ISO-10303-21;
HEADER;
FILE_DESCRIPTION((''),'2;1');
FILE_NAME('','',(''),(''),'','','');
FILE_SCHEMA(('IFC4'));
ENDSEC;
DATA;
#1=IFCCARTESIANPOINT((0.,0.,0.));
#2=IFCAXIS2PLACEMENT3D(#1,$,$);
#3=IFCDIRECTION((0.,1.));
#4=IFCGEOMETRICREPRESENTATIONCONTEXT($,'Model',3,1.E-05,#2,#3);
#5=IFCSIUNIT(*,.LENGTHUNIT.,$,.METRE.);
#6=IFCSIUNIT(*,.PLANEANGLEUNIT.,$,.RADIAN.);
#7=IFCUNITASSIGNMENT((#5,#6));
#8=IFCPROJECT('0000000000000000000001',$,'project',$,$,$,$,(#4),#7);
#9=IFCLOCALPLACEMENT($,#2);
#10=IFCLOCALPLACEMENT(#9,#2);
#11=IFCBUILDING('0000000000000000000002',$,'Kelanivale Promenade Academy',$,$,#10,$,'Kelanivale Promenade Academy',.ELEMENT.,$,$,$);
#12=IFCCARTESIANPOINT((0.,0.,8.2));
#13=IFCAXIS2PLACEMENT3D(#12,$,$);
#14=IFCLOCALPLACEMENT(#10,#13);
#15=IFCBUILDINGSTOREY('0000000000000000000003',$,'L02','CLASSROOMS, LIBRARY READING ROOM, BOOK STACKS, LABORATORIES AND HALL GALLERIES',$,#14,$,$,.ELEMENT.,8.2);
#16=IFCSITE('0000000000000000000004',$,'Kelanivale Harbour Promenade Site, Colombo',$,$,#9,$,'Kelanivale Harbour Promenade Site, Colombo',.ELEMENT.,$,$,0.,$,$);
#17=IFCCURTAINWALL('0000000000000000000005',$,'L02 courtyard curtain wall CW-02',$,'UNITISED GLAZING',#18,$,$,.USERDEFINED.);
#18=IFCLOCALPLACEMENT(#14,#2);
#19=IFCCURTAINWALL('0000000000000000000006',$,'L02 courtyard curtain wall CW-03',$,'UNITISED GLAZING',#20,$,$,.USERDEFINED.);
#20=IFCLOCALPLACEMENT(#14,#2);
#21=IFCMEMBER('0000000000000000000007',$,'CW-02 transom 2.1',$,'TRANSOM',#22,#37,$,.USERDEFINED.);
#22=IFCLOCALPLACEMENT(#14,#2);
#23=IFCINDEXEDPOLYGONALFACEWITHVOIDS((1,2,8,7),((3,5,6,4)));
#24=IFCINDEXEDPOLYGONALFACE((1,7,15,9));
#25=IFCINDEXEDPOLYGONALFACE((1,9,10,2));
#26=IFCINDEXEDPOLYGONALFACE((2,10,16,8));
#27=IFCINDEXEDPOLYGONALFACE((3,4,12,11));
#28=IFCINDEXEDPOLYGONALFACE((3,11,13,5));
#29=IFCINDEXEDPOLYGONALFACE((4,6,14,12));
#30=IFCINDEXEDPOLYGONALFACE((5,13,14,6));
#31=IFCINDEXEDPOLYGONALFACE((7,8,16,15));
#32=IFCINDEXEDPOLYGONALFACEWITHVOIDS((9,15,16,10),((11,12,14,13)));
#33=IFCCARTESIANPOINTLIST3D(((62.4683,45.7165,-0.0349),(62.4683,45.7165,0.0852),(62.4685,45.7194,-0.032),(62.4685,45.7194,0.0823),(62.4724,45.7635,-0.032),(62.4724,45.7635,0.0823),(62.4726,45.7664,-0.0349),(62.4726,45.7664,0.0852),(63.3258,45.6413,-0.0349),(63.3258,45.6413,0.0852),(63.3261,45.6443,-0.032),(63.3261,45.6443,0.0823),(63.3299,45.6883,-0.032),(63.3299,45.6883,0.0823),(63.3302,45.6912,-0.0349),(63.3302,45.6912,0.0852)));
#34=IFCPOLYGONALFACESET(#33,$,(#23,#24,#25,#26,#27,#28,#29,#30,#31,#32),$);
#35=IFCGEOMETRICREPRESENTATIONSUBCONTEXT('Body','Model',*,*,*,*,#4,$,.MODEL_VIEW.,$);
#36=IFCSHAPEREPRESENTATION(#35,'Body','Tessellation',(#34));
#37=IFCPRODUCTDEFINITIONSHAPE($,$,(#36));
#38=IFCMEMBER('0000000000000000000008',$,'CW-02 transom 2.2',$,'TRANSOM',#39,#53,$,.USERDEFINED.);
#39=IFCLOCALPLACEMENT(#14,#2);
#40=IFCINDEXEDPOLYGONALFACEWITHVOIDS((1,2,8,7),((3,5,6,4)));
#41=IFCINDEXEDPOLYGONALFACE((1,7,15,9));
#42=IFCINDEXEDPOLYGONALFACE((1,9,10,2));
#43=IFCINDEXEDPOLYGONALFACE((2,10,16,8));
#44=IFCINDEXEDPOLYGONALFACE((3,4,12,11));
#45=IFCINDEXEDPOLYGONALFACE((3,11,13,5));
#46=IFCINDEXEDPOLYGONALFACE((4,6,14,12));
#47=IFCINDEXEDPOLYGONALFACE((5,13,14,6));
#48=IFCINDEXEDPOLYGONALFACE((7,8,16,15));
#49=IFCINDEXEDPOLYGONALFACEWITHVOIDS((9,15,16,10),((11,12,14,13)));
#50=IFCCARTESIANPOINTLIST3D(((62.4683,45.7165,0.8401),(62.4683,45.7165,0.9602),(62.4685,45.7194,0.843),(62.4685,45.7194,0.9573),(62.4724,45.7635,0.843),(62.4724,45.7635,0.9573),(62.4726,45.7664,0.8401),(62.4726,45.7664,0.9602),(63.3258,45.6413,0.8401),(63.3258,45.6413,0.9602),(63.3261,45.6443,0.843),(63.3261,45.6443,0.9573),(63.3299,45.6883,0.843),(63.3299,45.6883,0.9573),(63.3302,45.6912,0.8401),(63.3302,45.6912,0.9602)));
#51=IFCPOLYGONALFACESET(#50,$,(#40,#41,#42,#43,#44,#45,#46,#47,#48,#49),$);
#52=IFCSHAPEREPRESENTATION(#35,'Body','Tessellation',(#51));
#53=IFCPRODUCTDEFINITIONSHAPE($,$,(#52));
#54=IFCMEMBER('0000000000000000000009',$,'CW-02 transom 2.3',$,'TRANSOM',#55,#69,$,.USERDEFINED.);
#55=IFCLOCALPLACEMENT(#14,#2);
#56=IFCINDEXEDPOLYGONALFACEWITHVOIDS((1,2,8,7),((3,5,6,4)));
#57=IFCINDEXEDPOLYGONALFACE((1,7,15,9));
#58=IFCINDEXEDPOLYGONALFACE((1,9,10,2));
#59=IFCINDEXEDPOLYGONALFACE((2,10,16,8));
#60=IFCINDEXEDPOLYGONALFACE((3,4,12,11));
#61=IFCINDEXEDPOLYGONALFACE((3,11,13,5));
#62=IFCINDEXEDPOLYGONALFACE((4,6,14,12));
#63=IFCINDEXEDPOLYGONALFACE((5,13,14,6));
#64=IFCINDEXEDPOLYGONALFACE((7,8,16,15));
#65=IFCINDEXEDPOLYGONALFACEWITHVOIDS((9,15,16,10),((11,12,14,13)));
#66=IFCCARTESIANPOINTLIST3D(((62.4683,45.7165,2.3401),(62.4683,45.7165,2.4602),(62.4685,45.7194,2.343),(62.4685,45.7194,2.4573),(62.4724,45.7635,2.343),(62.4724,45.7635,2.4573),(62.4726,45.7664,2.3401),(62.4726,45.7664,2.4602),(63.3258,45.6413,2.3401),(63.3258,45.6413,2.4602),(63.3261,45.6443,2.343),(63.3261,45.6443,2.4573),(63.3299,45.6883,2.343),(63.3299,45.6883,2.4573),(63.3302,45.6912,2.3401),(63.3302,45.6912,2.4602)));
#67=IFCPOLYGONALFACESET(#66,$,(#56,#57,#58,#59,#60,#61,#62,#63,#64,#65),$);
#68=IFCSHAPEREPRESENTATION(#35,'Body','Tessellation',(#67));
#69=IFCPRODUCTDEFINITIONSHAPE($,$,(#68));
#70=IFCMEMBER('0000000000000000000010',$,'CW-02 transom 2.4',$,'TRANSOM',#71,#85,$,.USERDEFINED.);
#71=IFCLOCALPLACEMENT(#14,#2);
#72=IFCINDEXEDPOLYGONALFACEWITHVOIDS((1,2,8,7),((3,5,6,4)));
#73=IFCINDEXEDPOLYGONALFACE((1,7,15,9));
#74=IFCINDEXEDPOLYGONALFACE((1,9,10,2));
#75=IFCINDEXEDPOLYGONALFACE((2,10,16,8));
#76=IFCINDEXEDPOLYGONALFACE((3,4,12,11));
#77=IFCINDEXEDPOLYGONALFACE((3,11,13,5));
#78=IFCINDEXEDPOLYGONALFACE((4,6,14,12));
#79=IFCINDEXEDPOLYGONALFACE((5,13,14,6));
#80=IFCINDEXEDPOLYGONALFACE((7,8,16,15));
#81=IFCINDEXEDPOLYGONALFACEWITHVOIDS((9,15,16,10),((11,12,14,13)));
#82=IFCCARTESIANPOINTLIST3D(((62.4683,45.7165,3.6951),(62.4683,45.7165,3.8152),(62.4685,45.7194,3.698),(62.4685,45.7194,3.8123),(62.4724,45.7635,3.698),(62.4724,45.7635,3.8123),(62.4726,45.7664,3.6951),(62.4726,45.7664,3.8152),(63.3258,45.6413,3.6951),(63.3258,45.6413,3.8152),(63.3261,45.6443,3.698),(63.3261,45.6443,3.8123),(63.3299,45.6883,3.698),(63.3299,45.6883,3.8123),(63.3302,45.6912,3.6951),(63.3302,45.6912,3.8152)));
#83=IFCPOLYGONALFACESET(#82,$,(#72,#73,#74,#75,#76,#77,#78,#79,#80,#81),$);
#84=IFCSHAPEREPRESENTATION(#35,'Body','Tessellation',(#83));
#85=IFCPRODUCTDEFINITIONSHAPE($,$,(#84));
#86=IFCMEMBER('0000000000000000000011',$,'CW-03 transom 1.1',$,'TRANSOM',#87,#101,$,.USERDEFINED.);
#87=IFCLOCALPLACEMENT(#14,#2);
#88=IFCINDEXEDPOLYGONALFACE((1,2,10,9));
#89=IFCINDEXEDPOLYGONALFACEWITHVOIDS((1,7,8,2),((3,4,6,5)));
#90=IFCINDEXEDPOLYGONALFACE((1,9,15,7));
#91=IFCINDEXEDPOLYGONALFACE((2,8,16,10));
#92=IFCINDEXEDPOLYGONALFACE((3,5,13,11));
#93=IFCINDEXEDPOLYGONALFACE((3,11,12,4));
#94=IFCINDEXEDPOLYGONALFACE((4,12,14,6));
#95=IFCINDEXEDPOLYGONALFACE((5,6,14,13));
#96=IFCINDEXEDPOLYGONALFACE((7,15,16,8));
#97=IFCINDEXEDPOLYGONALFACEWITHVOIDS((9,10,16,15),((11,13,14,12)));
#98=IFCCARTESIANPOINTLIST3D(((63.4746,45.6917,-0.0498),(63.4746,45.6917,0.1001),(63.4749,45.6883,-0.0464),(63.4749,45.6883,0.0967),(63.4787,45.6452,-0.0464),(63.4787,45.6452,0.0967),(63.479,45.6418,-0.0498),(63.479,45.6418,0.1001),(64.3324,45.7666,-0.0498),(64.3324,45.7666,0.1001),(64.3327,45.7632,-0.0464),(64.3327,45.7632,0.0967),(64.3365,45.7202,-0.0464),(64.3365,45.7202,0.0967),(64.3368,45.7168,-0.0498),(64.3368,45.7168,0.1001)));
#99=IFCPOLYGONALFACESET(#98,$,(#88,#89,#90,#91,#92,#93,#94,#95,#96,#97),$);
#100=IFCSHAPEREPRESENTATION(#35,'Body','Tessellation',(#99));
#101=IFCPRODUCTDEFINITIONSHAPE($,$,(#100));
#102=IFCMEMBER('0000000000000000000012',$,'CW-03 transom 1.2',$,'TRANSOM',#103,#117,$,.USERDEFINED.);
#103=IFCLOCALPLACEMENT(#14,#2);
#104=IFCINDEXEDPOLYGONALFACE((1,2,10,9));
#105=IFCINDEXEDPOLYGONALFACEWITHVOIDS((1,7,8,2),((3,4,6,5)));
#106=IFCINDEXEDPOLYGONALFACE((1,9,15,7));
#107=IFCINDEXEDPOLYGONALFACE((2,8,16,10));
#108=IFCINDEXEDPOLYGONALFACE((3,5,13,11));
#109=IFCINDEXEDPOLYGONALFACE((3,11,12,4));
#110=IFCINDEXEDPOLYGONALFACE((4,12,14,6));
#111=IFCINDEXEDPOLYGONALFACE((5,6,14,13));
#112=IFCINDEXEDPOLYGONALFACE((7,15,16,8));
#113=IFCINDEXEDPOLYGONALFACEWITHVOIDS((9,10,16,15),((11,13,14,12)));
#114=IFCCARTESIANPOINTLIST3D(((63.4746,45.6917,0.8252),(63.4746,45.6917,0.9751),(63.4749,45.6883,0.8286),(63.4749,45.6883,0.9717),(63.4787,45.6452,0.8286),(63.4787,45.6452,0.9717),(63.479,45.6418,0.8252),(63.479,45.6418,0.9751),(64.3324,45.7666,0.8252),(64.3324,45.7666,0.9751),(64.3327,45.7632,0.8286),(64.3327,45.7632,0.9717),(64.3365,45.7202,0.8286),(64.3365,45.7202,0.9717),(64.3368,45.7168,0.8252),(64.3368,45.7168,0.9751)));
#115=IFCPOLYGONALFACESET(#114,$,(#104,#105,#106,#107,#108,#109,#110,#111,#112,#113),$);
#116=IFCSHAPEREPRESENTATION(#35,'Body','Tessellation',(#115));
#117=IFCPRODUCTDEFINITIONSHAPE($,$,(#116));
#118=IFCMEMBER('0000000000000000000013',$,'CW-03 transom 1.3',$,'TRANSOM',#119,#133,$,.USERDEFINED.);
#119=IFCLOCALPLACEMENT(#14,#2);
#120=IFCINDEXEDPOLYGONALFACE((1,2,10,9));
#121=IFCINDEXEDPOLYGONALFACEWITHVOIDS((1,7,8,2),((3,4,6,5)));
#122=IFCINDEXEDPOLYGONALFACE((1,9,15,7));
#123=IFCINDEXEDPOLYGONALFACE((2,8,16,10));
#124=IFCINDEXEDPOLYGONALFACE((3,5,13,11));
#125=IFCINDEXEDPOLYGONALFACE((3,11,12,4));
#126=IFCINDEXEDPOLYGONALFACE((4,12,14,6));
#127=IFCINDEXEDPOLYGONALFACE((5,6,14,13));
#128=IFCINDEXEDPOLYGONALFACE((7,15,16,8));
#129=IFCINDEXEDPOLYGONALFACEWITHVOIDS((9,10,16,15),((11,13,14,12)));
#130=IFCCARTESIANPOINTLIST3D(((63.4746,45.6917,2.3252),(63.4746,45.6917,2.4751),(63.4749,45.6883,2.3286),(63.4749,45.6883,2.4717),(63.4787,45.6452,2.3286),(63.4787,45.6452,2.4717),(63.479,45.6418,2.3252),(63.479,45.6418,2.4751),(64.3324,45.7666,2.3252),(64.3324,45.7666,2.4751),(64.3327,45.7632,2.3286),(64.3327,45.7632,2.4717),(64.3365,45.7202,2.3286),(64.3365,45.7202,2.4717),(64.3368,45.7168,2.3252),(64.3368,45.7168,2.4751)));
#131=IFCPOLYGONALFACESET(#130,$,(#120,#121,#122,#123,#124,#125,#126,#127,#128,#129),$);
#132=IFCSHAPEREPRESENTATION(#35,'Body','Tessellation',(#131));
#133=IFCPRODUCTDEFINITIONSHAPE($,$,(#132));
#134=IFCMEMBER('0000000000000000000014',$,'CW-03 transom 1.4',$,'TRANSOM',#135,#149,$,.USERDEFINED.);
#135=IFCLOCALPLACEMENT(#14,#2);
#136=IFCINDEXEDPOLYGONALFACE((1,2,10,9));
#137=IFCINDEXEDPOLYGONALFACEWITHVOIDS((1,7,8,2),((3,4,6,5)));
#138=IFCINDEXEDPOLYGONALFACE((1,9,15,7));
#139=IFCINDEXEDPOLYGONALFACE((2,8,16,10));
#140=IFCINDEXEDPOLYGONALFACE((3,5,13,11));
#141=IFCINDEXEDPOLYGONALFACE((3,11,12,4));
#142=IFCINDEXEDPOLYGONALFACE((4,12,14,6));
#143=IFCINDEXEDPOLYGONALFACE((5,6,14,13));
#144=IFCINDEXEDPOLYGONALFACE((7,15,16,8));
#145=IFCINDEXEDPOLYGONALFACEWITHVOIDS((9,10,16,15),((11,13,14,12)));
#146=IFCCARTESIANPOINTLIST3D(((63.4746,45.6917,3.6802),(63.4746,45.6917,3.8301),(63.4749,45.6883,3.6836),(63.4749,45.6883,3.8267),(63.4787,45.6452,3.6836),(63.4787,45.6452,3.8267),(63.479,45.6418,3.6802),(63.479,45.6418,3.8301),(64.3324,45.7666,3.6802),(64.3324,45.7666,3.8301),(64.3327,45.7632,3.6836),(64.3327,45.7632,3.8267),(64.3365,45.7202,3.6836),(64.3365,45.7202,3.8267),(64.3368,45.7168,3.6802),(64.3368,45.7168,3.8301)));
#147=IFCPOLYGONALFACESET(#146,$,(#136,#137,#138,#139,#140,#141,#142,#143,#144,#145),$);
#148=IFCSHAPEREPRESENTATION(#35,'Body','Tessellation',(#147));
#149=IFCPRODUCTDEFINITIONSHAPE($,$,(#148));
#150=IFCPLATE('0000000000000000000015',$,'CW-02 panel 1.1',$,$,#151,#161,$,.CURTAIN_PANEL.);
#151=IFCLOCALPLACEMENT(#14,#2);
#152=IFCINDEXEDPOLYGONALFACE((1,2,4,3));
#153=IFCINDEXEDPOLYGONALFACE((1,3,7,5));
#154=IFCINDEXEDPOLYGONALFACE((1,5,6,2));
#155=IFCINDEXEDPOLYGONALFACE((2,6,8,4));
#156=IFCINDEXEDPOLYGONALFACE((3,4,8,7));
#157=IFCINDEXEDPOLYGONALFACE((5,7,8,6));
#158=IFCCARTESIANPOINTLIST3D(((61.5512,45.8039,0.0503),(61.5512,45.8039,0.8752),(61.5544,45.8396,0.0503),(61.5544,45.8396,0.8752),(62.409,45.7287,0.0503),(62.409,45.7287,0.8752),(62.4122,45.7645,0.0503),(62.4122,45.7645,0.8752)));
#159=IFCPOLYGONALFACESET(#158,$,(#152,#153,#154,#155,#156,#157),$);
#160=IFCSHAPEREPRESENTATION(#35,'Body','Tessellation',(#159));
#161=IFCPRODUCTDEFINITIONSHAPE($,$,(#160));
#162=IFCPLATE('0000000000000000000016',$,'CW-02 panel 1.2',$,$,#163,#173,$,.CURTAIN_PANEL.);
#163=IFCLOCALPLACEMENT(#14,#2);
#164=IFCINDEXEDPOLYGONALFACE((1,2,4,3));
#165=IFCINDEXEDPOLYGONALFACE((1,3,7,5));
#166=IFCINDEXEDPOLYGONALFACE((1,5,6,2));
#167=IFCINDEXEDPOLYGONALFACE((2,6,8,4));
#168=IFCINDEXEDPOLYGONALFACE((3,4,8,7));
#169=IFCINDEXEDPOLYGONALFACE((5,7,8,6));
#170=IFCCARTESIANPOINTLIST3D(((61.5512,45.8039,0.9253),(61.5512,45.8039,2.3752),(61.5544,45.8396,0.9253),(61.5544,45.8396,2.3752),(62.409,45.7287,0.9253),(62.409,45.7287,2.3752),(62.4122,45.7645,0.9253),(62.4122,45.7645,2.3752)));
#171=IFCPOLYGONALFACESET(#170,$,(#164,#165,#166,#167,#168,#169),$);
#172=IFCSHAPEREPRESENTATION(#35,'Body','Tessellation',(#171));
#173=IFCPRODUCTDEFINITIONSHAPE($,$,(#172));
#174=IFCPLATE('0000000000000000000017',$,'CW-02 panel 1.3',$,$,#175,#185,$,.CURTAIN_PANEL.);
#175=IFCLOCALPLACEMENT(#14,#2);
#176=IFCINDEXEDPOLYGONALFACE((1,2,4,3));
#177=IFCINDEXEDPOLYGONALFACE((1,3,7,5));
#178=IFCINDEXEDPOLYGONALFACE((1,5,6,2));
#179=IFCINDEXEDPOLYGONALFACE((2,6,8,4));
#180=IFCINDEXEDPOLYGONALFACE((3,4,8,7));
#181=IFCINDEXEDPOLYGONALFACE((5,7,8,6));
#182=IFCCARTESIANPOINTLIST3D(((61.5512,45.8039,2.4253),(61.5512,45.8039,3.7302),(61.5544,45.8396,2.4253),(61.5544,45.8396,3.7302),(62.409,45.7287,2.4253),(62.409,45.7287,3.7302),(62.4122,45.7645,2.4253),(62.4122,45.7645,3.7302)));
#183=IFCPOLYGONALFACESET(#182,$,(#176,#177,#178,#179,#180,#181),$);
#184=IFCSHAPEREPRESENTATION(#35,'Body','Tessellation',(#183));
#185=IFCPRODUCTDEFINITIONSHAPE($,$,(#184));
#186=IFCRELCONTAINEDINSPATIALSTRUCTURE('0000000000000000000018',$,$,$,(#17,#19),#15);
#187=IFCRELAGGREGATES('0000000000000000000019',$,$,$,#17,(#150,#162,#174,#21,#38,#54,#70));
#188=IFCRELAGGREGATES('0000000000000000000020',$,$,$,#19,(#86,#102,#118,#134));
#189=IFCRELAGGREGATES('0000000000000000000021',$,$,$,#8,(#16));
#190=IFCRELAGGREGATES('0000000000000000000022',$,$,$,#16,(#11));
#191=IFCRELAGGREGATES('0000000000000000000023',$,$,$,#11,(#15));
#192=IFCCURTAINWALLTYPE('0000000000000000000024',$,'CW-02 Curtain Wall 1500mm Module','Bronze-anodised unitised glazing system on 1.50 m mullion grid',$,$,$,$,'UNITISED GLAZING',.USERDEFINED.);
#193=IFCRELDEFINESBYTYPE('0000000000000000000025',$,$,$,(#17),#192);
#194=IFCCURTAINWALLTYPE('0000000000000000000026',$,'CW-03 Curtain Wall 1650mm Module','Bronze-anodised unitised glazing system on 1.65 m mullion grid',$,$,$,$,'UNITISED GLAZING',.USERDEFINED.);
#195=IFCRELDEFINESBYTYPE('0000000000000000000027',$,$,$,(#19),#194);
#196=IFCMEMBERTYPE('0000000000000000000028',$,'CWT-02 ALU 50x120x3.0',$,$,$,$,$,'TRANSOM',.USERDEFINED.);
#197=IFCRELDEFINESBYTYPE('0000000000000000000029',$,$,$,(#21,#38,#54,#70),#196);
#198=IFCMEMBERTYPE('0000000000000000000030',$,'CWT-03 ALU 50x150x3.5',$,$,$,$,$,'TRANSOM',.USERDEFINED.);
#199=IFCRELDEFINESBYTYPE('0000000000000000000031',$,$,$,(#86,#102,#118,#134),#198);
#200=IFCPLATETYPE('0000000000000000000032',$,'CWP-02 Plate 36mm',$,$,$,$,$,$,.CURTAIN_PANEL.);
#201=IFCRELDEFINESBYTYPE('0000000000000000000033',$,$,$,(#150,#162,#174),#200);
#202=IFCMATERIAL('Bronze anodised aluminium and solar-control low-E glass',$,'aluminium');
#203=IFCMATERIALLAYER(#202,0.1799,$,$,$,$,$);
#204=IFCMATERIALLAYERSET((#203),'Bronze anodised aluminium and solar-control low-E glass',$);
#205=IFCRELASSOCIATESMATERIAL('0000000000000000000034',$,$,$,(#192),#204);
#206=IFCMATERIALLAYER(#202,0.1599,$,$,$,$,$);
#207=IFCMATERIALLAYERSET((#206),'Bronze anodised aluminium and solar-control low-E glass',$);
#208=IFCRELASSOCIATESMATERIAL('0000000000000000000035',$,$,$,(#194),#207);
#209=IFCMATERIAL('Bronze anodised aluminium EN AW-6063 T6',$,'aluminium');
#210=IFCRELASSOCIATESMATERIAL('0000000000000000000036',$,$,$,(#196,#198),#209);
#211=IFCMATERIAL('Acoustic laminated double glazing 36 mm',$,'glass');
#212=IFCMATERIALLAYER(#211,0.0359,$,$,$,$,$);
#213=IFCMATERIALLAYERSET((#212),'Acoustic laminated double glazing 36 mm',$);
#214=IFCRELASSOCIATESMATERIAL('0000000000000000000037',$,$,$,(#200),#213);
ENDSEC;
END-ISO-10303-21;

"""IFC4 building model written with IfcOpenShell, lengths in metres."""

from ifc_helpers import new_model, si_unit, direction, frame, origin, origin_2d, place, context, subcontext, project, spatial, rectangle, hollow_rectangle, extrude, material, layer, layer_set, material_profile, profile_set, type_object, element, aggregate, save


model = new_model("IFC4")

# Units and contexts
model_context = context("Model", 3, precision=1e-05, world=origin(), true_north=direction((0.0, 1.0)))
body_context = subcontext(model_context, "Body", "Model", "MODEL_VIEW")
ifc_project = project(units=[si_unit("LENGTHUNIT", "METRE"), si_unit("PLANEANGLEUNIT", "RADIAN")], contexts=[model_context])

# Site, building, storey
site_placement = place(None, origin())
site = spatial("IfcSite", under=ifc_project, at=site_placement, Name="Kelanivale Harbour Promenade Site, Colombo", LongName="Kelanivale Harbour Promenade Site, Colombo", CompositionType="ELEMENT", RefElevation=0.0)
building_placement = place(site_placement, origin())
building = spatial("IfcBuilding", under=site, at=building_placement, Name="Kelanivale Promenade Academy", LongName="Kelanivale Promenade Academy", CompositionType="ELEMENT")
storey_placement = place(building_placement, frame((0.0, 0.0, 8.2)))
storey = spatial("IfcBuildingStorey", under=building, at=storey_placement, Name="L02", Description="CLASSROOMS, LIBRARY READING ROOM, BOOK STACKS, LABORATORIES AND HALL GALLERIES", CompositionType="ELEMENT", Elevation=8.2)

# Curtain wall
ifc_material_1 = material(Name="Bronze anodised aluminium and solar-control low-E glass", Category="aluminium")
ifc_layer_1 = layer(ifc_material_1, 0.1799)
ifc_layer_set_1 = layer_set([ifc_layer_1], Name="Bronze anodised aluminium and solar-control low-E glass")
curtain_wall_type_1 = type_object("IfcCurtainWallType", Name="CW-02 Curtain Wall 1500mm Module", Description="Bronze-anodised unitised glazing system on 1.50 m mullion grid", ElementType="UNITISED GLAZING", PredefinedType="USERDEFINED", material=ifc_layer_set_1)
curtain_wall_1_placement = place(storey_placement, origin())
curtain_wall_1 = element("IfcCurtainWall", 1, at=curtain_wall_1_placement, inside=storey, type_object=curtain_wall_type_1, Name="L02 courtyard curtain wall CW-02", ObjectType="UNITISED GLAZING", PredefinedType="USERDEFINED")
ifc_material_2 = material(Name="Bronze anodised aluminium EN AW-6063 T6", Category="aluminium")

# Curtain wall
ifc_layer_2 = layer(ifc_material_1, 0.1599)
ifc_layer_set_2 = layer_set([ifc_layer_2], Name="Bronze anodised aluminium and solar-control low-E glass")
curtain_wall_type_2 = type_object("IfcCurtainWallType", Name="CW-03 Curtain Wall 1650mm Module", Description="Bronze-anodised unitised glazing system on 1.65 m mullion grid", ElementType="UNITISED GLAZING", PredefinedType="USERDEFINED", material=ifc_layer_set_2)
curtain_wall_2_placement = place(storey_placement, origin())
curtain_wall_2 = element("IfcCurtainWall", 2, at=curtain_wall_2_placement, inside=storey, type_object=curtain_wall_type_2, Name="L02 courtyard curtain wall CW-03", ObjectType="UNITISED GLAZING", PredefinedType="USERDEFINED")

# Members
ifc_material_profile_1 = material_profile(ifc_material_2, hollow_rectangle(XDim=0.05, YDim=0.1201, WallThickness=0.0029, at=origin_2d()), Name="ALU 50x120x3.0")
ifc_profile_set_1 = profile_set([ifc_material_profile_1], Name="Bronze anodised aluminium EN AW-6063 T6")
member_type_1 = type_object("IfcMemberType", Name="CWT-02 ALU 50x120x3.0", ElementType="TRANSOM", PredefinedType="USERDEFINED", material=ifc_profile_set_1)
member_1_placement = place(storey_placement, frame((62.4705, 45.7415, 0.0251), z_axis=(0.996179, -0.087339, 0.0), x_axis=(0.087339, 0.996179, 0.0)))
member_1 = element("IfcMember", 3, at=member_1_placement, type_object=member_type_1, Name="CW-02 transom 2.1", ObjectType="TRANSOM", PredefinedType="USERDEFINED", context=body_context, shape_type="SweptSolid", body=[
    extrude(hollow_rectangle(XDim=0.05, YDim=0.1201, WallThickness=0.0029, at=origin_2d()), origin(), (0.0, 0.0, 1.0), 0.8608),
])
member_2_placement = place(storey_placement, frame((62.4705, 45.7415, 0.9001), z_axis=(0.996179, -0.087339, 0.0), x_axis=(0.087339, 0.996179, 0.0)))
member_2 = element("IfcMember", 4, at=member_2_placement, type_object=member_type_1, Name="CW-02 transom 2.2", ObjectType="TRANSOM", PredefinedType="USERDEFINED", context=body_context, shape_type="SweptSolid", body=[
    extrude(hollow_rectangle(XDim=0.05, YDim=0.1201, WallThickness=0.0029, at=origin_2d()), origin(), (0.0, 0.0, 1.0), 0.8608),
])
member_3_placement = place(storey_placement, frame((62.4705, 45.7415, 2.4001), z_axis=(0.996179, -0.087339, 0.0), x_axis=(0.087339, 0.996179, 0.0)))
member_3 = element("IfcMember", 5, at=member_3_placement, type_object=member_type_1, Name="CW-02 transom 2.3", ObjectType="TRANSOM", PredefinedType="USERDEFINED", context=body_context, shape_type="SweptSolid", body=[
    extrude(hollow_rectangle(XDim=0.05, YDim=0.1201, WallThickness=0.0029, at=origin_2d()), origin(), (0.0, 0.0, 1.0), 0.8608),
])
member_4_placement = place(storey_placement, frame((62.4705, 45.7415, 3.7551), z_axis=(0.996179, -0.087339, 0.0), x_axis=(0.087339, 0.996179, 0.0)))
member_4 = element("IfcMember", 6, at=member_4_placement, type_object=member_type_1, Name="CW-02 transom 2.4", ObjectType="TRANSOM", PredefinedType="USERDEFINED", context=body_context, shape_type="SweptSolid", body=[
    extrude(hollow_rectangle(XDim=0.05, YDim=0.1201, WallThickness=0.0029, at=origin_2d()), origin(), (0.0, 0.0, 1.0), 0.8608),
])
ifc_material_profile_2 = material_profile(ifc_material_2, hollow_rectangle(XDim=0.05, YDim=0.1499, WallThickness=0.0034, at=origin_2d()), Name="ALU 50x150x3.5")
ifc_profile_set_2 = profile_set([ifc_material_profile_2], Name="Bronze anodised aluminium EN AW-6063 T6")
member_type_2 = type_object("IfcMemberType", Name="CWT-03 ALU 50x150x3.5", ElementType="TRANSOM", PredefinedType="USERDEFINED", material=ifc_profile_set_2)
member_5_placement = place(storey_placement, frame((63.4768, 45.6667, 0.0251), z_axis=(0.996205, 0.087033, 0.0), x_axis=(-0.087033, 0.996205, 0.0)))
member_5 = element("IfcMember", 7, at=member_5_placement, type_object=member_type_2, Name="CW-03 transom 1.1", ObjectType="TRANSOM", PredefinedType="USERDEFINED", context=body_context, shape_type="SweptSolid", body=[
    extrude(hollow_rectangle(XDim=0.05, YDim=0.1499, WallThickness=0.0034, at=origin_2d()), origin(), (0.0, 0.0, 1.0), 0.8611),
])
member_6_placement = place(storey_placement, frame((63.4768, 45.6667, 0.9001), z_axis=(0.996205, 0.087033, 0.0), x_axis=(-0.087033, 0.996205, 0.0)))
member_6 = element("IfcMember", 8, at=member_6_placement, type_object=member_type_2, Name="CW-03 transom 1.2", ObjectType="TRANSOM", PredefinedType="USERDEFINED", context=body_context, shape_type="SweptSolid", body=[
    extrude(hollow_rectangle(XDim=0.05, YDim=0.1499, WallThickness=0.0034, at=origin_2d()), origin(), (0.0, 0.0, 1.0), 0.8611),
])
member_7_placement = place(storey_placement, frame((63.4768, 45.6667, 2.4001), z_axis=(0.996205, 0.087033, 0.0), x_axis=(-0.087033, 0.996205, 0.0)))
member_7 = element("IfcMember", 9, at=member_7_placement, type_object=member_type_2, Name="CW-03 transom 1.3", ObjectType="TRANSOM", PredefinedType="USERDEFINED", context=body_context, shape_type="SweptSolid", body=[
    extrude(hollow_rectangle(XDim=0.05, YDim=0.1499, WallThickness=0.0034, at=origin_2d()), origin(), (0.0, 0.0, 1.0), 0.8611),
])
member_8_placement = place(storey_placement, frame((63.4768, 45.6667, 3.7551), z_axis=(0.996205, 0.087033, 0.0), x_axis=(-0.087033, 0.996205, 0.0)))
member_8 = element("IfcMember", 10, at=member_8_placement, type_object=member_type_2, Name="CW-03 transom 1.4", ObjectType="TRANSOM", PredefinedType="USERDEFINED", context=body_context, shape_type="SweptSolid", body=[
    extrude(hollow_rectangle(XDim=0.05, YDim=0.1499, WallThickness=0.0034, at=origin_2d()), origin(), (0.0, 0.0, 1.0), 0.8611),
])

# Plates
ifc_material_3 = material(Name="Acoustic laminated double glazing 36 mm", Category="glass")
ifc_layer_3 = layer(ifc_material_3, 0.0359)
ifc_layer_set_3 = layer_set([ifc_layer_3], Name="Acoustic laminated double glazing 36 mm")
plate_type_1 = type_object("IfcPlateType", Name="CWP-02 Plate 36mm", PredefinedType="CURTAIN_PANEL", material=ifc_layer_set_3)
plate_1_placement = place(storey_placement, frame((61.9817, 45.7842, 0.0503), z_axis=(0.0, 0.0, 1.0), x_axis=(0.996185, -0.087265, 0.0)))
plate_1 = element("IfcPlate", 11, at=plate_1_placement, type_object=plate_type_1, Name="CW-02 panel 1.1", PredefinedType="CURTAIN_PANEL", context=body_context, shape_type="SweptSolid", body=[
    extrude(rectangle(XDim=0.8611, YDim=0.0359, at=origin_2d()), origin(), (0.0, 0.0, 1.0), 0.825),
])
plate_2_placement = place(storey_placement, frame((61.9817, 45.7842, 0.9253), z_axis=(0.0, 0.0, 1.0), x_axis=(0.996185, -0.087265, 0.0)))
plate_2 = element("IfcPlate", 12, at=plate_2_placement, type_object=plate_type_1, Name="CW-02 panel 1.2", PredefinedType="CURTAIN_PANEL", context=body_context, shape_type="SweptSolid", body=[
    extrude(rectangle(XDim=0.8611, YDim=0.0359, at=origin_2d()), origin(), (0.0, 0.0, 1.0), 1.45),
])
plate_3_placement = place(storey_placement, frame((61.9817, 45.7842, 2.4253), z_axis=(0.0, 0.0, 1.0), x_axis=(0.996185, -0.087265, 0.0)))
plate_3 = element("IfcPlate", 13, at=plate_3_placement, type_object=plate_type_1, Name="CW-02 panel 1.3", PredefinedType="CURTAIN_PANEL", context=body_context, shape_type="SweptSolid", body=[
    extrude(rectangle(XDim=0.8611, YDim=0.0359, at=origin_2d()), origin(), (0.0, 0.0, 1.0), 1.3049),
])
aggregate(curtain_wall_1, [plate_1, plate_2, plate_3, member_1, member_2, member_3, member_4])
aggregate(curtain_wall_2, [member_5, member_6, member_7, member_8])

save(model, "model.ifc")
